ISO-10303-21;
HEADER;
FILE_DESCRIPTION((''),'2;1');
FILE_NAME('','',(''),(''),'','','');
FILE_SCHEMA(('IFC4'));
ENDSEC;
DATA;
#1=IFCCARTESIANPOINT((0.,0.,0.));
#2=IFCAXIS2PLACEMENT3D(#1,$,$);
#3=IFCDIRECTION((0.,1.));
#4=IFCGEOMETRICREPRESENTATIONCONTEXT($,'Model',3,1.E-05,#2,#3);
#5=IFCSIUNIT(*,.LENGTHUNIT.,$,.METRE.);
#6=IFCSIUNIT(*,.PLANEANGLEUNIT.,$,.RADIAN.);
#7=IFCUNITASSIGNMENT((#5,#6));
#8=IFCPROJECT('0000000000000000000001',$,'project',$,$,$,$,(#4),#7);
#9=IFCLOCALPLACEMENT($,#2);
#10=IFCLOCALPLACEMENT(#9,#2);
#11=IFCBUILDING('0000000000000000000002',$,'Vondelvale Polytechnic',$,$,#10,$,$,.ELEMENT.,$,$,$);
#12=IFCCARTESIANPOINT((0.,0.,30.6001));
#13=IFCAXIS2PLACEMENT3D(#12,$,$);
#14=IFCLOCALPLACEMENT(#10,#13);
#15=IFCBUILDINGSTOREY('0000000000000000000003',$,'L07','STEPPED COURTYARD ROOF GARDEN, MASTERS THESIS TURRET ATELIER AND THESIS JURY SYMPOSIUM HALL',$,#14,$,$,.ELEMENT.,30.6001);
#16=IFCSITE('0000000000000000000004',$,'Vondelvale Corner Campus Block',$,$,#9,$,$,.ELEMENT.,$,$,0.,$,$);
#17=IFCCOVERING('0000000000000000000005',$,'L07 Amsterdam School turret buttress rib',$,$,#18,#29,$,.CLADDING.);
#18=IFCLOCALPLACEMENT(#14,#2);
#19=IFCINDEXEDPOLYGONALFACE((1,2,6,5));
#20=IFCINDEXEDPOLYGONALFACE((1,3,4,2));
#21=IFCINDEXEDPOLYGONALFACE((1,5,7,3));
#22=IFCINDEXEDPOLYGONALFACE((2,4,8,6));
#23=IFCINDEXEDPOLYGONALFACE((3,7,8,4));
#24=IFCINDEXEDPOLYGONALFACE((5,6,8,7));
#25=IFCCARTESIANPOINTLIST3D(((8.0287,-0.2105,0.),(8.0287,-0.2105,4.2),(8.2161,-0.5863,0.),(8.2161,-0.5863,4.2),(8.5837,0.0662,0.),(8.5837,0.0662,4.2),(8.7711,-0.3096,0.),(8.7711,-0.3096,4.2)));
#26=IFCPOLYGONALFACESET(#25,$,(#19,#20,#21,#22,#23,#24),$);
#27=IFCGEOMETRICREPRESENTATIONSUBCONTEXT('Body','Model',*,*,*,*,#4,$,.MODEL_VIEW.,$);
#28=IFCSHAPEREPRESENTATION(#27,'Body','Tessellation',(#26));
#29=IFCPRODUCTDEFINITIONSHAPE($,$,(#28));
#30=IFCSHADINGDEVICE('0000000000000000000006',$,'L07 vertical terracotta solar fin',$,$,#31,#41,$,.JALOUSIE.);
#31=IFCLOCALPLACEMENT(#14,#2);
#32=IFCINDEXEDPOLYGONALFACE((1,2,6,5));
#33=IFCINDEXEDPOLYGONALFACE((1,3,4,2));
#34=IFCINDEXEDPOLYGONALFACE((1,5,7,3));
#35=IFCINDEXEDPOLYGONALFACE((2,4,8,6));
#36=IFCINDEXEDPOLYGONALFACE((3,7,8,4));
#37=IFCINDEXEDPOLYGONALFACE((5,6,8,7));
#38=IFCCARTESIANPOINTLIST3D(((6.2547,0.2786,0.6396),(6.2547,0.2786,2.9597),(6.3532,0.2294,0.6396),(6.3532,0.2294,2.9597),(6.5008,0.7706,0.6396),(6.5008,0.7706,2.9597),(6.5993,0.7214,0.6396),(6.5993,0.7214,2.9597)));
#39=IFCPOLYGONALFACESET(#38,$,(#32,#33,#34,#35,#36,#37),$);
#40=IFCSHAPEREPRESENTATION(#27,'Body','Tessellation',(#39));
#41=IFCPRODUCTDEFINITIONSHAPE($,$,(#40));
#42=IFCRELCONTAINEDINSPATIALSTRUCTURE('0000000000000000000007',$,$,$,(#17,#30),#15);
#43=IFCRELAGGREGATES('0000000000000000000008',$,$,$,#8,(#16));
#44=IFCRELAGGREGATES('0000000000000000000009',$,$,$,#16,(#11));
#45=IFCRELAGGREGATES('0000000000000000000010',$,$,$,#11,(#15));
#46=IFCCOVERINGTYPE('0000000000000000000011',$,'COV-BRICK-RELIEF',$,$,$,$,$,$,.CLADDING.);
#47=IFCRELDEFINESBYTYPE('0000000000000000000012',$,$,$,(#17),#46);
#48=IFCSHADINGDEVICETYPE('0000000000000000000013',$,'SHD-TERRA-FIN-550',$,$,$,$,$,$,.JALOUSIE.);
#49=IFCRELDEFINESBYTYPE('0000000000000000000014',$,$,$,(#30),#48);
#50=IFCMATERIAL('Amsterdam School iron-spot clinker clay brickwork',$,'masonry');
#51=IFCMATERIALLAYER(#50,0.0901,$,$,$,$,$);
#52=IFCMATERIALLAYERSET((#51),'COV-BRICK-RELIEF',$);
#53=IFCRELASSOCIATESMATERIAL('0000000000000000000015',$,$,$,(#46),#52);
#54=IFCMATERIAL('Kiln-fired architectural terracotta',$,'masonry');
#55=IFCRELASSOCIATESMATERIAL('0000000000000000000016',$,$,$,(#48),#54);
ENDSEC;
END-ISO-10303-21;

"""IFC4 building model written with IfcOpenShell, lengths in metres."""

from ifc_helpers import new_model, si_unit, direction, frame, origin, origin_2d, place, context, subcontext, project, spatial, rectangle, extrude, material, layer, layer_set, type_object, element, save


model = new_model("IFC4")

# Units and contexts
model_context = context("Model", 3, precision=1e-05, world=origin(), true_north=direction((0.0, 1.0)))
body_context = subcontext(model_context, "Body", "Model", "MODEL_VIEW")
ifc_project = project(units=[si_unit("LENGTHUNIT", "METRE"), si_unit("PLANEANGLEUNIT", "RADIAN")], contexts=[model_context])

# Site, building, storey
site_placement = place(None, origin())
site = spatial("IfcSite", under=ifc_project, at=site_placement, Name="Vondelvale Corner Campus Block", CompositionType="ELEMENT", RefElevation=0.0)
building_placement = place(site_placement, origin())
building = spatial("IfcBuilding", under=site, at=building_placement, Name="Vondelvale Polytechnic", CompositionType="ELEMENT")
storey_placement = place(building_placement, frame((0.0, 0.0, 30.6001)))
storey = spatial("IfcBuildingStorey", under=building, at=storey_placement, Name="L07", Description="STEPPED COURTYARD ROOF GARDEN, MASTERS THESIS TURRET ATELIER AND THESIS JURY SYMPOSIUM HALL", CompositionType="ELEMENT", Elevation=30.6001)

# Shared definitions
ifc_material_1 = material(Name="Amsterdam School iron-spot clinker clay brickwork", Category="masonry")

# Covering
ifc_layer_1 = layer(ifc_material_1, 0.0901)
ifc_layer_set_1 = layer_set([ifc_layer_1], Name="COV-BRICK-RELIEF")
covering_type = type_object("IfcCoveringType", Name="COV-BRICK-RELIEF", PredefinedType="CLADDING", material=ifc_layer_set_1)
covering_1_placement = place(storey_placement, frame((8.3999, -0.26, 0.0), z_axis=(0.0, 0.0, 1.0), x_axis=(0.894934, 0.446198, 0.0)))
element("IfcCovering", 1, at=covering_1_placement, inside=storey, type_object=covering_type, Name="L07 Amsterdam School turret buttress rib", PredefinedType="CLADDING", context=body_context, shape_type="SweptSolid", body=[
    extrude(rectangle(XDim=0.6201, YDim=0.4199, at=origin_2d()), origin(), (0.0, 0.0, 1.0), 4.2),
])

# Shading device
ifc_material_2 = material(Name="Kiln-fired architectural terracotta", Category="masonry")
shading_device_type = type_object("IfcShadingDeviceType", Name="SHD-TERRA-FIN-550", PredefinedType="JALOUSIE", material=ifc_material_2)
shading_device_placement = place(storey_placement, frame((6.427, 0.5, 0.6396), z_axis=(0.0, 0.0, 1.0), x_axis=(-0.894389, 0.447291, 0.0)))
element("IfcShadingDevice", 2, at=shading_device_placement, inside=storey, type_object=shading_device_type, Name="L07 vertical terracotta solar fin", PredefinedType="JALOUSIE", context=body_context, shape_type="SweptSolid", body=[
    extrude(rectangle(XDim=0.1101, YDim=0.55, at=origin_2d()), origin(), (0.0, 0.0, 1.0), 2.3201),
])

save(model, "model.ifc")
